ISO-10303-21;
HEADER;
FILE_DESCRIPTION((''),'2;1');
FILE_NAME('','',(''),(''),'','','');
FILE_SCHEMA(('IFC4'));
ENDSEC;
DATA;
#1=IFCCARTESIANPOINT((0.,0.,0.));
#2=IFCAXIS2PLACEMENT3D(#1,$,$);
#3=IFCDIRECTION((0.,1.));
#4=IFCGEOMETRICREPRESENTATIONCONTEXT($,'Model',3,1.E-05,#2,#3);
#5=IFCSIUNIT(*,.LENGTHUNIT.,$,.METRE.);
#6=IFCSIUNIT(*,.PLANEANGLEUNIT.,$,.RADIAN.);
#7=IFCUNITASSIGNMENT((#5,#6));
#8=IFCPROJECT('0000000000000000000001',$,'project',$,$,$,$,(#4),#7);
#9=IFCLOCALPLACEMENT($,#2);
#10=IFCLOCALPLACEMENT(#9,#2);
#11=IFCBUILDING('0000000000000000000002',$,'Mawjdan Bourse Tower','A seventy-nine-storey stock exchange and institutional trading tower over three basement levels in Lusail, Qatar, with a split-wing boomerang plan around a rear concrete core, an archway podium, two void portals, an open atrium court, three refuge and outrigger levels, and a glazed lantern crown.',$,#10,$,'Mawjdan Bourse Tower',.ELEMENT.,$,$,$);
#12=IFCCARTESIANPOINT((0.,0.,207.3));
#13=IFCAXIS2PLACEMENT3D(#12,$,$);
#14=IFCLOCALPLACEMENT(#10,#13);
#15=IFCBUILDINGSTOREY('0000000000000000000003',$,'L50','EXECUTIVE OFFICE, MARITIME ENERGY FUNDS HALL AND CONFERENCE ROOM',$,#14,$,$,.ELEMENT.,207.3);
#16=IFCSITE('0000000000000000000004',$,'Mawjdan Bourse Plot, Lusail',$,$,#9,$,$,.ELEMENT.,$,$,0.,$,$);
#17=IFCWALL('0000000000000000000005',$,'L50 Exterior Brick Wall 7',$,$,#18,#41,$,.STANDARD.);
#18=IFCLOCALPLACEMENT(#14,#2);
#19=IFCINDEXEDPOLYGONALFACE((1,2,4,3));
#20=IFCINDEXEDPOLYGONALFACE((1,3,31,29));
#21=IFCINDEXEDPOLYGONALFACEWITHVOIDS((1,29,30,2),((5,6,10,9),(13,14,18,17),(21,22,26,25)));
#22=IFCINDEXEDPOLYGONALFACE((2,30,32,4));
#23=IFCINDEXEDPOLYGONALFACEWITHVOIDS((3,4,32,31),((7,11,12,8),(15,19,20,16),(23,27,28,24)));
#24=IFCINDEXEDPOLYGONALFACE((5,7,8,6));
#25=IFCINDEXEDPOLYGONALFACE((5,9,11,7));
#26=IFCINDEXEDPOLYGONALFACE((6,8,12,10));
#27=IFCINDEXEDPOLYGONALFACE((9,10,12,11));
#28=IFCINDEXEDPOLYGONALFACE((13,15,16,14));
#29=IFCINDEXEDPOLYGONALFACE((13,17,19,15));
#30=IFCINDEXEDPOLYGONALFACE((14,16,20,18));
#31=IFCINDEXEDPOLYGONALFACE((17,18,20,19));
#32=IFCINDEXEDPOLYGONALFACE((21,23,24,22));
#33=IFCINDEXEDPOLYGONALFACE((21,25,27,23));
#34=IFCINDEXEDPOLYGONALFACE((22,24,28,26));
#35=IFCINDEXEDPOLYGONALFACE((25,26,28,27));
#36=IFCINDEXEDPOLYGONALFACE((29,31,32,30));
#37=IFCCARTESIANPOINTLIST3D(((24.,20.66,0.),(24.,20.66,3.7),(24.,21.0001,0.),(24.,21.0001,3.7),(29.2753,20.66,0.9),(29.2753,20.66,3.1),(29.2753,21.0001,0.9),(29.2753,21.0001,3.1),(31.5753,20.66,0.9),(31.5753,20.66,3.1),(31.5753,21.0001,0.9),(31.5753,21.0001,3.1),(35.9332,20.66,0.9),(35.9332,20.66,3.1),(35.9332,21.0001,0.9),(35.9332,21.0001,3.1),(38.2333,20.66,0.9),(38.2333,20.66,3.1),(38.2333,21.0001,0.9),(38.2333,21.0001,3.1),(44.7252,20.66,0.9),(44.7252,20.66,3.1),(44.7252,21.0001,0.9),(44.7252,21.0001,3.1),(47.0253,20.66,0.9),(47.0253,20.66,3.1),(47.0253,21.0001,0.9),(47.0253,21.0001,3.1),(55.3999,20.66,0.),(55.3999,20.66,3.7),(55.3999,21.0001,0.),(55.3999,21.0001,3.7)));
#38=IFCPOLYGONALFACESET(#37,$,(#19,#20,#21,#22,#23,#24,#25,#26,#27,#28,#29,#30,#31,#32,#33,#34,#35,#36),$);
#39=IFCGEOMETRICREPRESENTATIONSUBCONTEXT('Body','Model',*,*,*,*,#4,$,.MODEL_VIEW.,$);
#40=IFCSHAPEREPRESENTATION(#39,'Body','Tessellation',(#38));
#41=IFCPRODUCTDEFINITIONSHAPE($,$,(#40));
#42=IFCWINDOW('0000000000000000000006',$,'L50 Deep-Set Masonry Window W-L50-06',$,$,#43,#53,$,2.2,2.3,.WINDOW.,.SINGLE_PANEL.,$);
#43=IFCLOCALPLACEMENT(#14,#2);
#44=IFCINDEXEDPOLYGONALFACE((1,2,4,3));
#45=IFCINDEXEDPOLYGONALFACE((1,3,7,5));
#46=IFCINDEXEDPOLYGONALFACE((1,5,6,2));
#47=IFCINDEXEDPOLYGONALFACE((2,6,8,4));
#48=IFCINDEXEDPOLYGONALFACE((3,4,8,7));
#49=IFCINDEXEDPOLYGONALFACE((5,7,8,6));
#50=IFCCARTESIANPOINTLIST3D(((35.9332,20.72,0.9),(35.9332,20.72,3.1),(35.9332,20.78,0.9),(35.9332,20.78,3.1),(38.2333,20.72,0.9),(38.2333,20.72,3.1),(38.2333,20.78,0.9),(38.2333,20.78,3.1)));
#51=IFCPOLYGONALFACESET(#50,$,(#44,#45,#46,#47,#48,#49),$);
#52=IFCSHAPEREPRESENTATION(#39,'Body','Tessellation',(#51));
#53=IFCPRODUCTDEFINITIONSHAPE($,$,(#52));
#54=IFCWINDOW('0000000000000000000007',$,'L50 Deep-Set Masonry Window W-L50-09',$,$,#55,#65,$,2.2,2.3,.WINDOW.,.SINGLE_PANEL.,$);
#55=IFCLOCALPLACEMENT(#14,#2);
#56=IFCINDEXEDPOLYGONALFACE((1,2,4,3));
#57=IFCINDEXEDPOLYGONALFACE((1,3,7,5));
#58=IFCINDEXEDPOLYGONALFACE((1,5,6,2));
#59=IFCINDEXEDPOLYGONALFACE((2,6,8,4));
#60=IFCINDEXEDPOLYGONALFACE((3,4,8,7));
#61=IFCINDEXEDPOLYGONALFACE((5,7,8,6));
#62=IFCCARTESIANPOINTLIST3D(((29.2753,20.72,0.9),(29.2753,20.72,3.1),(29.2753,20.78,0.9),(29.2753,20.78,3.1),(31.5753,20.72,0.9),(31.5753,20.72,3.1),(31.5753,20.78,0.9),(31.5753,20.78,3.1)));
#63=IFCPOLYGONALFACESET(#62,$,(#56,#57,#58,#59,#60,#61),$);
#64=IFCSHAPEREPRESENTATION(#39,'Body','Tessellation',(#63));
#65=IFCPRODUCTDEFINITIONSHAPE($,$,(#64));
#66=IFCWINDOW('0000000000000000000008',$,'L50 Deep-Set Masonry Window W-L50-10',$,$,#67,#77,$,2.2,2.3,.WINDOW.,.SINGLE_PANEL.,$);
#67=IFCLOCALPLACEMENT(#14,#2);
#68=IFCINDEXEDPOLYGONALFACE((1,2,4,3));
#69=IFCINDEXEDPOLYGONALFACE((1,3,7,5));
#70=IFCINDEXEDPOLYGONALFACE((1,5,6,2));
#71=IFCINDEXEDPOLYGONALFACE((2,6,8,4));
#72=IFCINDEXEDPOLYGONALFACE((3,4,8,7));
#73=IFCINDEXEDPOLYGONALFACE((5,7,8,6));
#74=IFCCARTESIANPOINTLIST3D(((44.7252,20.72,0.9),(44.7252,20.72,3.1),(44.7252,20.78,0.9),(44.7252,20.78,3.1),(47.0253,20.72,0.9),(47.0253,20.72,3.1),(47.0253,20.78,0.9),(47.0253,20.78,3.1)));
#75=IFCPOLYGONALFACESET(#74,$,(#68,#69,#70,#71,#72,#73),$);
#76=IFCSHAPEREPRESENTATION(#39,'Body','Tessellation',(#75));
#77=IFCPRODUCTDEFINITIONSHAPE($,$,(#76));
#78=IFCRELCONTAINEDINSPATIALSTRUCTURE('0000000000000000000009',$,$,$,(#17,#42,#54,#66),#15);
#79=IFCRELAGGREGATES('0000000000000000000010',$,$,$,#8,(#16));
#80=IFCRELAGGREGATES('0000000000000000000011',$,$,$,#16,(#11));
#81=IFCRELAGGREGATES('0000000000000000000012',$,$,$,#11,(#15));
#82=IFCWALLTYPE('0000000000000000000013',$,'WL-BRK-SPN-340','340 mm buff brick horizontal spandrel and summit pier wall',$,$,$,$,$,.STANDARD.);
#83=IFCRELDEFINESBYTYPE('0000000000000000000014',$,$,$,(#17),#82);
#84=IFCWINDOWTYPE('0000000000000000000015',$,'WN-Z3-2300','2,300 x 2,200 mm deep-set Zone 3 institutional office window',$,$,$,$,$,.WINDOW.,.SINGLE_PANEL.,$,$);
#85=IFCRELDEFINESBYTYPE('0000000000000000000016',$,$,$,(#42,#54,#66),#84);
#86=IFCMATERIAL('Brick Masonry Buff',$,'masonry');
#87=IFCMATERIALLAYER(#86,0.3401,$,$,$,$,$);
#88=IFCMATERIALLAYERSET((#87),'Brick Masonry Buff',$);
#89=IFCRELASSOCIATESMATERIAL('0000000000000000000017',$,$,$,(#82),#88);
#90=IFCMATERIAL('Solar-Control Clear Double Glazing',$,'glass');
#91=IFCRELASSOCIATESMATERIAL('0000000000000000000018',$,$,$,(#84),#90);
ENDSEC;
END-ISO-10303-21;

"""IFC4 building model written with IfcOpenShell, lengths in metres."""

from ifc_helpers import new_model, si_unit, direction, frame, frame_2d, origin, place, context, subcontext, project, spatial, rectangle, extrude, material, layer, layer_set, type_object, element, fill, save


model = new_model("IFC4")

# Units and contexts
model_context = context("Model", 3, precision=1e-05, world=origin(), true_north=direction((0.0, 1.0)))
body_context = subcontext(model_context, "Body", "Model", "MODEL_VIEW")
ifc_project = project(units=[si_unit("LENGTHUNIT", "METRE"), si_unit("PLANEANGLEUNIT", "RADIAN")], contexts=[model_context])

# Site, building, storey
site_placement = place(None, origin())
site = spatial("IfcSite", under=ifc_project, at=site_placement, Name="Mawjdan Bourse Plot, Lusail", CompositionType="ELEMENT", RefElevation=0.0)
building_placement = place(site_placement, origin())
building = spatial("IfcBuilding", under=site, at=building_placement, Name="Mawjdan Bourse Tower", Description="A seventy-nine-storey stock exchange and institutional trading tower over three basement levels in Lusail, Qatar, with a split-wing boomerang plan around a rear concrete core, an archway podium, two void portals, an open atrium court, three refuge and outrigger levels, and a glazed lantern crown.", LongName="Mawjdan Bourse Tower", CompositionType="ELEMENT")
storey_placement = place(building_placement, frame((0.0, 0.0, 207.3)))
storey = spatial("IfcBuildingStorey", under=building, at=storey_placement, Name="L50", Description="EXECUTIVE OFFICE, MARITIME ENERGY FUNDS HALL AND CONFERENCE ROOM", CompositionType="ELEMENT", Elevation=207.3)

# Shared definitions
ifc_material_1 = material(Name="Brick Masonry Buff", Category="masonry")
ifc_layer = layer(ifc_material_1, 0.3401)
ifc_layer_set = layer_set([ifc_layer], Name="Brick Masonry Buff")
wall_type = type_object("IfcWallType", Name="WL-BRK-SPN-340", Description="340 mm buff brick horizontal spandrel and summit pier wall", PredefinedType="STANDARD", material=ifc_layer_set)

# Wall, openings, windows
wall_placement = place(storey_placement, frame((55.3999, 20.8301, 0.0), z_axis=(0.0, 0.0, 1.0), x_axis=(-1.0, 0.0, 0.0)))
wall = element("IfcWall", 1, at=wall_placement, inside=storey, type_object=wall_type, Name="L50 Exterior Brick Wall 7", PredefinedType="STANDARD", context=body_context, shape_type="SweptSolid", body=[
    extrude(rectangle(XDim=31.3999, YDim=0.3401, at=frame_2d((15.7, 0.0))), origin(), (0.0, 0.0, 1.0), 3.7),
])
opening_1_placement = place(wall_placement, frame((17.1667, 0.0, 0.8999)))
opening_1 = element("IfcOpeningElement", 2, at=opening_1_placement, cuts=wall, PredefinedType="OPENING", context=body_context, shape_type="SweptSolid", body=[
    extrude(rectangle(XDim=2.3, YDim=2.2, at=frame_2d((1.1499, 1.1001))), frame((0.0, 0.1802, 0.0), z_axis=(0.0, -1.0, 0.0), x_axis=(1.0, 0.0, 0.0)), (0.0, 0.0, 1.0), 0.3601),
])
opening_2_placement = place(wall_placement, frame((23.8247, 0.0, 0.8999)))
opening_2 = element("IfcOpeningElement", 3, at=opening_2_placement, cuts=wall, PredefinedType="OPENING", context=body_context, shape_type="SweptSolid", body=[
    extrude(rectangle(XDim=2.3, YDim=2.2, at=frame_2d((1.1499, 1.1001))), frame((0.0, 0.1802, 0.0), z_axis=(0.0, -1.0, 0.0), x_axis=(1.0, 0.0, 0.0)), (0.0, 0.0, 1.0), 0.3601),
])
opening_3_placement = place(wall_placement, frame((8.3748, 0.0, 0.8999)))
opening_3 = element("IfcOpeningElement", 4, at=opening_3_placement, cuts=wall, PredefinedType="OPENING", context=body_context, shape_type="SweptSolid", body=[
    extrude(rectangle(XDim=2.3, YDim=2.2, at=frame_2d((1.1499, 1.1001))), frame((0.0, 0.1802, 0.0), z_axis=(0.0, -1.0, 0.0), x_axis=(1.0, 0.0, 0.0)), (0.0, 0.0, 1.0), 0.3601),
])
ifc_material_2 = material(Name="Solar-Control Clear Double Glazing", Category="glass")
window_type = type_object("IfcWindowType", Name="WN-Z3-2300", Description="2,300 x 2,200 mm deep-set Zone 3 institutional office window", PartitioningType="SINGLE_PANEL", PredefinedType="WINDOW", material=ifc_material_2)
window_1_placement = place(opening_1_placement, origin())
window_1 = element("IfcWindow", 5, at=window_1_placement, inside=storey, type_object=window_type, Name="L50 Deep-Set Masonry Window W-L50-06", OverallHeight=2.2, OverallWidth=2.3, PartitioningType="SINGLE_PANEL", PredefinedType="WINDOW", context=body_context, shape_type="SweptSolid", body=[
    extrude(rectangle(XDim=2.3, YDim=2.2, at=frame_2d((1.1499, 1.1001))), frame((0.0, 0.1101, 0.0), z_axis=(0.0, -1.0, 0.0), x_axis=(1.0, 0.0, 0.0)), (0.0, 0.0, 1.0), 0.0601),
])
fill(opening_1, window_1)
window_2_placement = place(opening_2_placement, origin())
window_2 = element("IfcWindow", 6, at=window_2_placement, inside=storey, type_object=window_type, Name="L50 Deep-Set Masonry Window W-L50-09", OverallHeight=2.2, OverallWidth=2.3, PartitioningType="SINGLE_PANEL", PredefinedType="WINDOW", context=body_context, shape_type="SweptSolid", body=[
    extrude(rectangle(XDim=2.3, YDim=2.2, at=frame_2d((1.1499, 1.1001))), frame((0.0, 0.1101, 0.0), z_axis=(0.0, -1.0, 0.0), x_axis=(1.0, 0.0, 0.0)), (0.0, 0.0, 1.0), 0.0601),
])
fill(opening_2, window_2)
window_3_placement = place(opening_3_placement, origin())
window_3 = element("IfcWindow", 7, at=window_3_placement, inside=storey, type_object=window_type, Name="L50 Deep-Set Masonry Window W-L50-10", OverallHeight=2.2, OverallWidth=2.3, PartitioningType="SINGLE_PANEL", PredefinedType="WINDOW", context=body_context, shape_type="SweptSolid", body=[
    extrude(rectangle(XDim=2.3, YDim=2.2, at=frame_2d((1.1499, 1.1001))), frame((0.0, 0.1101, 0.0), z_axis=(0.0, -1.0, 0.0), x_axis=(1.0, 0.0, 0.0)), (0.0, 0.0, 1.0), 0.0601),
])
fill(opening_3, window_3)

save(model, "model.ifc")
